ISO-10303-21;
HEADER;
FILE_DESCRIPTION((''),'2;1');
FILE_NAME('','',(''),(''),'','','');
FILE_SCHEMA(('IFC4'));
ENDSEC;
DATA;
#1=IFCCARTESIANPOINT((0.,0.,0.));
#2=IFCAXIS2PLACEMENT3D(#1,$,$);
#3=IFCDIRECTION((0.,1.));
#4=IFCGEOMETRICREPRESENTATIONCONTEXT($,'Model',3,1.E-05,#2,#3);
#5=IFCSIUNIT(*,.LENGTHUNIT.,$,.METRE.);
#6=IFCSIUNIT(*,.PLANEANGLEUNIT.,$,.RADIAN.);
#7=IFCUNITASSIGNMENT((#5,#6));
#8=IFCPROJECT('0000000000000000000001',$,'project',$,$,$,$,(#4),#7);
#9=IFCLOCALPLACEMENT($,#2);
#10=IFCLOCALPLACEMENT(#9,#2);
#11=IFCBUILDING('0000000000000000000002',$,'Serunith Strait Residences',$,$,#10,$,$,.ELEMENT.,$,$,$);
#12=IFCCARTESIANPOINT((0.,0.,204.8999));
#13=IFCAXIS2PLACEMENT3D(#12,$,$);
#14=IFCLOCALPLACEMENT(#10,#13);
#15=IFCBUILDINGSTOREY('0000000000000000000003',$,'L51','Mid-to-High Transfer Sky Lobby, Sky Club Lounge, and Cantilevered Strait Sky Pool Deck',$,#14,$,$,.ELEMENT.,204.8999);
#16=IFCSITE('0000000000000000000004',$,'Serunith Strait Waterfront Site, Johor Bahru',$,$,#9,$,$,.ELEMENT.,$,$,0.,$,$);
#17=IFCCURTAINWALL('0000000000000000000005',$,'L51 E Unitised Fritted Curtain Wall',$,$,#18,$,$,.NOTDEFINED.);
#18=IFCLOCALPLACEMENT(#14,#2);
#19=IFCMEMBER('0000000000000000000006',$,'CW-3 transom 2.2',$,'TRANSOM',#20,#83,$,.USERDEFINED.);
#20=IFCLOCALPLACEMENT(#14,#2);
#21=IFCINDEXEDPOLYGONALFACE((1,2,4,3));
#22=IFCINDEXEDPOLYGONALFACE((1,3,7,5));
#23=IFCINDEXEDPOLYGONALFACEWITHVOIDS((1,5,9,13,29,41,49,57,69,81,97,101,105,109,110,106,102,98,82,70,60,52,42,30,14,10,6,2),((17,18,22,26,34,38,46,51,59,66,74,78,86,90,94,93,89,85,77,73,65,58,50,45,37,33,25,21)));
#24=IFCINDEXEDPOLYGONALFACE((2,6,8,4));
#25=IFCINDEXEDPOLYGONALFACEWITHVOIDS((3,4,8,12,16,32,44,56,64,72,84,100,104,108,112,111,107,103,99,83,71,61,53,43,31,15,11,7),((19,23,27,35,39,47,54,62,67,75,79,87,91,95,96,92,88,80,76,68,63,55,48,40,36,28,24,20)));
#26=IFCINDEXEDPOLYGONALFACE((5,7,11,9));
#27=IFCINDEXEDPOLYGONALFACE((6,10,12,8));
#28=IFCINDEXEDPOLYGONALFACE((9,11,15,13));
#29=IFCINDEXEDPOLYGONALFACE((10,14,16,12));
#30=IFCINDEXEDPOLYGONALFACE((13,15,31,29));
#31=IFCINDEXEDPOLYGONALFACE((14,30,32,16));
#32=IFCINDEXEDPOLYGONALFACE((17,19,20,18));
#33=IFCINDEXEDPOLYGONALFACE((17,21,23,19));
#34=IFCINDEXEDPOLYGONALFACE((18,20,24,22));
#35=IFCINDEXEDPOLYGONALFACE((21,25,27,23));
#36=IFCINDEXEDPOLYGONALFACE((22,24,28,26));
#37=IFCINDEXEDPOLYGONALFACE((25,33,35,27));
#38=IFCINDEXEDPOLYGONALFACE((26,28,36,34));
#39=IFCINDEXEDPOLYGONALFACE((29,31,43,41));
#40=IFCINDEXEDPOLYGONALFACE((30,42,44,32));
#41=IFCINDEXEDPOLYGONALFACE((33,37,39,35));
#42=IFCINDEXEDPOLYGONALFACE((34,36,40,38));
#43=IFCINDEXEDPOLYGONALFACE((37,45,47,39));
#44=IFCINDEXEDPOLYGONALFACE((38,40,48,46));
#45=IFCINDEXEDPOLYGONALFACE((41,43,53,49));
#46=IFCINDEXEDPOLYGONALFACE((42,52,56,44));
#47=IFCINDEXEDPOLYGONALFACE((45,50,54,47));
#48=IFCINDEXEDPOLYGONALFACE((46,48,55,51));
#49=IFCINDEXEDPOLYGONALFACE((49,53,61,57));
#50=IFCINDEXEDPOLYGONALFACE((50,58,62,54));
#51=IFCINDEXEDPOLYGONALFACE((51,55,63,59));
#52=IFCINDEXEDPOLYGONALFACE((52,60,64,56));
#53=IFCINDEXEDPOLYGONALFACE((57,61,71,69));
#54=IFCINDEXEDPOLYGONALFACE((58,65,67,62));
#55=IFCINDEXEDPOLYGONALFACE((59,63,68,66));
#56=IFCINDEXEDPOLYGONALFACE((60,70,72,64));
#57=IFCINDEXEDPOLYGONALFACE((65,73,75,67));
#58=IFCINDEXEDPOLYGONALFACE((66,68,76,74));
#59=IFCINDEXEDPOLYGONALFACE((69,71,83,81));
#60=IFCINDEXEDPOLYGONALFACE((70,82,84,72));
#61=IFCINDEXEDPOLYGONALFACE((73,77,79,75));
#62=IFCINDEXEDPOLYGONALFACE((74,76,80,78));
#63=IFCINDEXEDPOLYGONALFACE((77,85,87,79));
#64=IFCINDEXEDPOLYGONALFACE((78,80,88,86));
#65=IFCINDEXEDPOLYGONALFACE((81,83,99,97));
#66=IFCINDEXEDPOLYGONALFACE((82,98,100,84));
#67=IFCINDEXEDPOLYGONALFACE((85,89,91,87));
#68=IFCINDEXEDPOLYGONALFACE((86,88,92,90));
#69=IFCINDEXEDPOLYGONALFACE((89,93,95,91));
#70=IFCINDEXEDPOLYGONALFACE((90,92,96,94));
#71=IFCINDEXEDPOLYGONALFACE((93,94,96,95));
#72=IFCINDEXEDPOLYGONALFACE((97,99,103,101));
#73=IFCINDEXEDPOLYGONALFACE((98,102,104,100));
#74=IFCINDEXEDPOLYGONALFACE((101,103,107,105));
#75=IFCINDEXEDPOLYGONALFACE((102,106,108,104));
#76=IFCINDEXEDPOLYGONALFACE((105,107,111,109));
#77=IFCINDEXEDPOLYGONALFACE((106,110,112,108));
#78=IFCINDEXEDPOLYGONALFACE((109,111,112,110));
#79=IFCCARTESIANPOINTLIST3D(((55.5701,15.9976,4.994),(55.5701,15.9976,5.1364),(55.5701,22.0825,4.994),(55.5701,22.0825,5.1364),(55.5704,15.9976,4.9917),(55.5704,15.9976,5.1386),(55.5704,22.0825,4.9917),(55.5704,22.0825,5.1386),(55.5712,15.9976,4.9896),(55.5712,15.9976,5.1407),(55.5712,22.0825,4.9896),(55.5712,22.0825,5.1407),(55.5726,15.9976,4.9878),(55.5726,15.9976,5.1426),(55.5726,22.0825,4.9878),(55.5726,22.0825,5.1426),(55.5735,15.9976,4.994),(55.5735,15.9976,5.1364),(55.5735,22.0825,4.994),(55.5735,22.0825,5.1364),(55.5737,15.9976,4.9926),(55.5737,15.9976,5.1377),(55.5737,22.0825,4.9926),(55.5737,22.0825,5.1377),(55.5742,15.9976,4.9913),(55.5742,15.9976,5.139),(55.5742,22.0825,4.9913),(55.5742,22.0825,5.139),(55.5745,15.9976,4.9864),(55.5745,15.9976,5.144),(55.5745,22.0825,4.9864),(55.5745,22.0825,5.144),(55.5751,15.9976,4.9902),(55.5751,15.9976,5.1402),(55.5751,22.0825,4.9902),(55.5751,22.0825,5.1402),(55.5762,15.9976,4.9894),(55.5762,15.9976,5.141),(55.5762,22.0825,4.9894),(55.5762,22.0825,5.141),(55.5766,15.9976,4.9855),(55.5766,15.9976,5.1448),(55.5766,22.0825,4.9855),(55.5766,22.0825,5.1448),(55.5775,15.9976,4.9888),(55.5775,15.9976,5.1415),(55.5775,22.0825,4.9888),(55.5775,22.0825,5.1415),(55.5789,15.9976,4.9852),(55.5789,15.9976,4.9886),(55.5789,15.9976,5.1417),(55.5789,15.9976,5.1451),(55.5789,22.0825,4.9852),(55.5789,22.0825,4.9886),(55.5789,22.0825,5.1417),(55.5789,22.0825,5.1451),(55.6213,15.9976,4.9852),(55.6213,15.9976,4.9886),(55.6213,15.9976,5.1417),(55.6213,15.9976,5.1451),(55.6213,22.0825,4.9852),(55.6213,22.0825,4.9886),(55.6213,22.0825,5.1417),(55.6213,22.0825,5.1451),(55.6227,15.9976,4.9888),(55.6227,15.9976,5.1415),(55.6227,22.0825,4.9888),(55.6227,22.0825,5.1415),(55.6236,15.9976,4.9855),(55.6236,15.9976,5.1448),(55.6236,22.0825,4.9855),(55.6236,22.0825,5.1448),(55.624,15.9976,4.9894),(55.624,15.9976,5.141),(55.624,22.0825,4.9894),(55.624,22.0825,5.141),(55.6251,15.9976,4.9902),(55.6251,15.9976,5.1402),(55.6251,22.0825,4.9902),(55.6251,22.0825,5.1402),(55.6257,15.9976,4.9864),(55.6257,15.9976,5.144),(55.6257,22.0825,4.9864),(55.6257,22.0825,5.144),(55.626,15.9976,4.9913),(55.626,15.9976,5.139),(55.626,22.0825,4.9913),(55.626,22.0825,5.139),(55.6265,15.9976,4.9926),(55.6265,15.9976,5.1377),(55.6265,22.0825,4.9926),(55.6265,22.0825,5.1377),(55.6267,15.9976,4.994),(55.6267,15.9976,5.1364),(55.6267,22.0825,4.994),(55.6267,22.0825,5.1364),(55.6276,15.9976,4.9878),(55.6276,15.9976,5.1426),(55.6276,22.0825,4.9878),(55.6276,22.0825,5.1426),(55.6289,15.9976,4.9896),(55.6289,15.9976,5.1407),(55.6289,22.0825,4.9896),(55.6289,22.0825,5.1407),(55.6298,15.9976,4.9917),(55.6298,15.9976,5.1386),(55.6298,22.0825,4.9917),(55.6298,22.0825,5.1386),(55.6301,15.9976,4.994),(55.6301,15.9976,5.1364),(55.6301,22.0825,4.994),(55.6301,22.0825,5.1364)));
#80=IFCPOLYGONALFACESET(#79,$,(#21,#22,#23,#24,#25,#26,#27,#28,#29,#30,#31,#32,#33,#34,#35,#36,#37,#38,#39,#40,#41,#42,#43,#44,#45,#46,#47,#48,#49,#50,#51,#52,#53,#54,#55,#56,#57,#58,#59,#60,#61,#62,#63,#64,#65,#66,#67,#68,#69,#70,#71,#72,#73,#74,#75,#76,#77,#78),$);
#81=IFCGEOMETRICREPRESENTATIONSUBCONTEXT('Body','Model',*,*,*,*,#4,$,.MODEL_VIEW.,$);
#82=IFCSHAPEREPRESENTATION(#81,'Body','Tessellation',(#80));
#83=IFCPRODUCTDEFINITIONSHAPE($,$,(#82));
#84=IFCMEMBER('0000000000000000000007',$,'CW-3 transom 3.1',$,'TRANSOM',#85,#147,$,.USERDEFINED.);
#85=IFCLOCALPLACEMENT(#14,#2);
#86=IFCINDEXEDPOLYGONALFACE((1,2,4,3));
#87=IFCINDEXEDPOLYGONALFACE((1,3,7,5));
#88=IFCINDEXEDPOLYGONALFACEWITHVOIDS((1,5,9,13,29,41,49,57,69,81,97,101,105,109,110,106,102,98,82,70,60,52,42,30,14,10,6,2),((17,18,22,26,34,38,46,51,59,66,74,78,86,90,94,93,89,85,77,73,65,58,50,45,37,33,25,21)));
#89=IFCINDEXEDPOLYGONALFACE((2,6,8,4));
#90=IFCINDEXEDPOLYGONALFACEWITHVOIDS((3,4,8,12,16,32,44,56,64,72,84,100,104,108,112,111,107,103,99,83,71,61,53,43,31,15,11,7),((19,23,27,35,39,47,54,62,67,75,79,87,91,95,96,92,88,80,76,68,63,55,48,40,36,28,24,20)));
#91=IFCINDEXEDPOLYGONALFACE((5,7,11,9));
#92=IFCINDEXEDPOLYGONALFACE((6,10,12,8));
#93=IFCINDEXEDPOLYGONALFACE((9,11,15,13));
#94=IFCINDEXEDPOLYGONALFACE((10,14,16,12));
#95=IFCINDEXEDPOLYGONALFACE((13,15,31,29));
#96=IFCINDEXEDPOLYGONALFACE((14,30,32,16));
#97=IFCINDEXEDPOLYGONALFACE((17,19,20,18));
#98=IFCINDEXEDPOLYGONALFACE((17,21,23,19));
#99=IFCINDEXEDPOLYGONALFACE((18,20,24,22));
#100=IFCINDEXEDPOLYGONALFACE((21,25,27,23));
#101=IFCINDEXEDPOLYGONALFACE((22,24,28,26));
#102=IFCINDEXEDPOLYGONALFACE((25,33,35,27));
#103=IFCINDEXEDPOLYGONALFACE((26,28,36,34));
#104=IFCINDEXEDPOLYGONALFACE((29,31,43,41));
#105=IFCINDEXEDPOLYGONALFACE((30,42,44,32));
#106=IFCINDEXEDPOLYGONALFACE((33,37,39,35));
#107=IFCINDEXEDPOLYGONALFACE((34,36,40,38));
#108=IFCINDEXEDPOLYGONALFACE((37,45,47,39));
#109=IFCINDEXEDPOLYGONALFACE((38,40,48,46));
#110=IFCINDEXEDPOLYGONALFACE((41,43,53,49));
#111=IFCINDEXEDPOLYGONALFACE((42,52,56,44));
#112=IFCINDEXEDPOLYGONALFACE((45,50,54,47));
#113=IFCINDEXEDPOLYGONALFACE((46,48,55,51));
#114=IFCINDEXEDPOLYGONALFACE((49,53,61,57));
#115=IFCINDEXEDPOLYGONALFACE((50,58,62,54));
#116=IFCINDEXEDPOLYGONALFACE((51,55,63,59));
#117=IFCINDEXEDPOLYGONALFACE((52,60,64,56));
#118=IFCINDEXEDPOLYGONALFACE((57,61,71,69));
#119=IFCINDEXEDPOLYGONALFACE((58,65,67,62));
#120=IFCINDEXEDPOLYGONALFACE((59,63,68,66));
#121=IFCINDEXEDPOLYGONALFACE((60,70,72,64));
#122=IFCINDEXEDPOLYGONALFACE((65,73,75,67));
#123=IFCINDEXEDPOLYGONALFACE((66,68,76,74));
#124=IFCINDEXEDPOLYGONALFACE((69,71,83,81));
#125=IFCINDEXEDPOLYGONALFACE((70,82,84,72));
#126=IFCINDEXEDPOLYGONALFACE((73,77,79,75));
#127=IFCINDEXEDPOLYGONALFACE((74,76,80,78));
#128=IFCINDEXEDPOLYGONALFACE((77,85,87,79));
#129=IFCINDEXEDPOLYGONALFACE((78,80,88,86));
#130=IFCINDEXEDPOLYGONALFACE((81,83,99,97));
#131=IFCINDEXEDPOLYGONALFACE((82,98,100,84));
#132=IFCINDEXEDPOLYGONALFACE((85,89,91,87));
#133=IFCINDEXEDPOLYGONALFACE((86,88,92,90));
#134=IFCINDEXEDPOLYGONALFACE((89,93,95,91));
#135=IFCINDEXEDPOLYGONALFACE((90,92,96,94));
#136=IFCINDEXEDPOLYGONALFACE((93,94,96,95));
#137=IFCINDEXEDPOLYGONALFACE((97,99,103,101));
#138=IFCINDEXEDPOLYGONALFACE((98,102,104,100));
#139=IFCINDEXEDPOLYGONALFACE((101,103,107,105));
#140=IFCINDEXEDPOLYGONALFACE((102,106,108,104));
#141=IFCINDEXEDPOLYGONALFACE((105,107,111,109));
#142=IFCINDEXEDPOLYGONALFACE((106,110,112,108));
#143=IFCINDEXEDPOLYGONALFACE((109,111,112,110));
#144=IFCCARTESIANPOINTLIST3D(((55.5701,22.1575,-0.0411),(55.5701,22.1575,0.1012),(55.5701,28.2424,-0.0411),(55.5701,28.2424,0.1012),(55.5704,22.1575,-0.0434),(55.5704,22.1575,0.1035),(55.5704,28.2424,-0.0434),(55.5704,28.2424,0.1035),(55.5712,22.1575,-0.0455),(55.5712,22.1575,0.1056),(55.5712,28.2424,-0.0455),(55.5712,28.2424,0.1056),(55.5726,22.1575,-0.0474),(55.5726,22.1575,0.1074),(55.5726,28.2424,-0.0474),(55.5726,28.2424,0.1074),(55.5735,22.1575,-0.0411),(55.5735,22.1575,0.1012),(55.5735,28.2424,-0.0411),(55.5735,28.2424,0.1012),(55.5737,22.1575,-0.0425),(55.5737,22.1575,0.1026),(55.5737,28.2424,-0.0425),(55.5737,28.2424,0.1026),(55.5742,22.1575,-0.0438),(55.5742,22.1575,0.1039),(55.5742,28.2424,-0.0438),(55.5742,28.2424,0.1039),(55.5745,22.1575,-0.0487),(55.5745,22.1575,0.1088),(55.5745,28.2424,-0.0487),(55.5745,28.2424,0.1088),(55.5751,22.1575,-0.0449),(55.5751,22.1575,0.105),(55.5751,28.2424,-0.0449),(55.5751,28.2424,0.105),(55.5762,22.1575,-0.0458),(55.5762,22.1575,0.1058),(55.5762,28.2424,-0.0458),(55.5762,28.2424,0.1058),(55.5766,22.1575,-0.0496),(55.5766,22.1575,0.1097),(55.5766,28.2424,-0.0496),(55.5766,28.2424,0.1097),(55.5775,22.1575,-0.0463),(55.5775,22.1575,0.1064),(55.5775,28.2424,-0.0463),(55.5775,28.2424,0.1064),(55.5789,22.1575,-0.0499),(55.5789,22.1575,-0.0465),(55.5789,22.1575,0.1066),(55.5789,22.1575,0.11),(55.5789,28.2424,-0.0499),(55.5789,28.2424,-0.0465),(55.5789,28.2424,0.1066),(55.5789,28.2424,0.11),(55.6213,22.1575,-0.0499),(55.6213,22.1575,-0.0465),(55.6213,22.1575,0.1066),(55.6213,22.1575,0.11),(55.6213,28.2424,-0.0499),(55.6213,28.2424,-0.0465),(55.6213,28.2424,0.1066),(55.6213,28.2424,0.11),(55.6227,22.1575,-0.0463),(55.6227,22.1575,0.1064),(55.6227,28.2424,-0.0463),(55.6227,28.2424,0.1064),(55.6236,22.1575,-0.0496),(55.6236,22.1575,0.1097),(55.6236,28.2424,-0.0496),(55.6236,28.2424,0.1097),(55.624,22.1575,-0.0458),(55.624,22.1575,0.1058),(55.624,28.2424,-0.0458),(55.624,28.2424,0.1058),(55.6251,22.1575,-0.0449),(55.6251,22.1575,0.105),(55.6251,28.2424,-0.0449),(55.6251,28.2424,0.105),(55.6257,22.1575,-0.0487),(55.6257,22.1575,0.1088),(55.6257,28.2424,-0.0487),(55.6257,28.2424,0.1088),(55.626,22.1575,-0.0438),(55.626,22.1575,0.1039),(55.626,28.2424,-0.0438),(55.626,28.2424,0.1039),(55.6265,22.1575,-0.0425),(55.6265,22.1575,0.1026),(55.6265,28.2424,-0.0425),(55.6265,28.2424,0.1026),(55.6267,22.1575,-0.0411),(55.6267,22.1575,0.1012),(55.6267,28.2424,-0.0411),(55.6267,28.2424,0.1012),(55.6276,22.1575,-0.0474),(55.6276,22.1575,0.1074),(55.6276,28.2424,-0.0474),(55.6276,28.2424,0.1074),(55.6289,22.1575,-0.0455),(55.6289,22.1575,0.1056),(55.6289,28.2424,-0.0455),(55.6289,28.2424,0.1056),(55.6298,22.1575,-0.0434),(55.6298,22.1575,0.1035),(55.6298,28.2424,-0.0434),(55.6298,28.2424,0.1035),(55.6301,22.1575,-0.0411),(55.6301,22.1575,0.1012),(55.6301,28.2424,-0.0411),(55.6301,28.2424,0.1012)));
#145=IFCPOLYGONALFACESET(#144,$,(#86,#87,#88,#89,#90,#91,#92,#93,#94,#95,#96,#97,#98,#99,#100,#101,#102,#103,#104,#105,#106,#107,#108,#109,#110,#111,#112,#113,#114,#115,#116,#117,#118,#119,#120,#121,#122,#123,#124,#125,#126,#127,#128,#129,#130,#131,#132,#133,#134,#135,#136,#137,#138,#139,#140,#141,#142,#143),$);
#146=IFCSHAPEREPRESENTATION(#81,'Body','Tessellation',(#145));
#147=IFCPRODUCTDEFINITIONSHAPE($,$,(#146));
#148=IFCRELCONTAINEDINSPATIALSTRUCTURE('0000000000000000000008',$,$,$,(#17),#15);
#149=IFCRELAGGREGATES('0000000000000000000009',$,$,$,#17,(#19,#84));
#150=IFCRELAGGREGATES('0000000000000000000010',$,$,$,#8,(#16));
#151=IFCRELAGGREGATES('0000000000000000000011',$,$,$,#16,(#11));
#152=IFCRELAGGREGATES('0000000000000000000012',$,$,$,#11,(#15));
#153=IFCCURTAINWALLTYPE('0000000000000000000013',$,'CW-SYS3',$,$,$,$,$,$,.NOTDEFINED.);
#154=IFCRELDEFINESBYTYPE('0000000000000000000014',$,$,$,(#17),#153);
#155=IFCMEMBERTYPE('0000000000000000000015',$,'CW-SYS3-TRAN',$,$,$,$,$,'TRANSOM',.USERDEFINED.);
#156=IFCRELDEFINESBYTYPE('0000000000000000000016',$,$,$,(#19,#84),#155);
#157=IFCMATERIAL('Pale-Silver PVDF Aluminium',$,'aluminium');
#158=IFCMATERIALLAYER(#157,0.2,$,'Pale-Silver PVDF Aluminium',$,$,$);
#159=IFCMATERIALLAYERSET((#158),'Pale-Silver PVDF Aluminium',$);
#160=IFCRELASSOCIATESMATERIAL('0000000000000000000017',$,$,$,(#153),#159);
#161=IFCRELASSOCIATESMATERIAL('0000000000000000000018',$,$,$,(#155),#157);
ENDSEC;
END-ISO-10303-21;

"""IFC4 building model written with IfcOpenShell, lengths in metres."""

from ifc_helpers import new_model, si_unit, direction, frame, origin, origin_2d, place, context, subcontext, project, spatial, hollow_rectangle, extrude, source, transform, mapped, material, layer, layer_set, material_profile, profile_set, type_object, element, aggregate, save


model = new_model("IFC4")

# Units and contexts
model_context = context("Model", 3, precision=1e-05, world=origin(), true_north=direction((0.0, 1.0)))
body_context = subcontext(model_context, "Body", "Model", "MODEL_VIEW")
ifc_project = project(units=[si_unit("LENGTHUNIT", "METRE"), si_unit("PLANEANGLEUNIT", "RADIAN")], contexts=[model_context])

# Site, building, storey
site_placement = place(None, origin())
site = spatial("IfcSite", under=ifc_project, at=site_placement, Name="Serunith Strait Waterfront Site, Johor Bahru", CompositionType="ELEMENT", RefElevation=0.0)
building_placement = place(site_placement, origin())
building = spatial("IfcBuilding", under=site, at=building_placement, Name="Serunith Strait Residences", CompositionType="ELEMENT")
storey_placement = place(building_placement, frame((0.0, 0.0, 204.8999)))
storey = spatial("IfcBuildingStorey", under=building, at=storey_placement, Name="L51", Description="Mid-to-High Transfer Sky Lobby, Sky Club Lounge, and Cantilevered Strait Sky Pool Deck", CompositionType="ELEMENT", Elevation=204.8999)

# Curtain wall, members
ifc_material_1 = material(Name="Pale-Silver PVDF Aluminium", Category="aluminium")
ifc_layer_1 = layer(ifc_material_1, 0.2, Name="Pale-Silver PVDF Aluminium")
ifc_layer_set_1 = layer_set([ifc_layer_1], Name="Pale-Silver PVDF Aluminium")
curtain_wall_type = type_object("IfcCurtainWallType", Name="CW-SYS3", PredefinedType="NOTDEFINED", material=ifc_layer_set_1)
curtain_wall_placement = place(storey_placement, origin())
curtain_wall = element("IfcCurtainWall", 1, at=curtain_wall_placement, inside=storey, type_object=curtain_wall_type, Name="L51 E Unitised Fritted Curtain Wall", PredefinedType="NOTDEFINED")
ifc_material_profile_1 = material_profile(ifc_material_1, hollow_rectangle(XDim=0.0601, YDim=0.1599, WallThickness=0.0034, InnerFilletRadius=0.0054, OuterFilletRadius=0.0088, at=origin_2d()), Name="ALU 160x60x3.5")
ifc_profile_set_1 = profile_set([ifc_material_profile_1], Name="Pale-Silver PVDF Aluminium")
member_type_1 = type_object("IfcMemberType", Name="CW-SYS3-TRAN", ElementType="TRANSOM", PredefinedType="USERDEFINED", material=ifc_profile_set_1)
shared_shape_1 = source(origin(), body_context, "Body", "SweptSolid", [
    extrude(hollow_rectangle(XDim=0.0601, YDim=0.1599, WallThickness=0.0034, InnerFilletRadius=0.0054, OuterFilletRadius=0.0088, at=origin_2d()), origin(), (0.0, 0.0, 1.0), 6.085),
])
member_1_placement = place(storey_placement, frame((55.6001, 15.9976, 5.0652), z_axis=(0.0, 1.0, 0.0), x_axis=(-1.0, 0.0, 0.0)))
member_1 = element("IfcMember", 2, at=member_1_placement, type_object=member_type_1, Name="CW-3 transom 2.2", ObjectType="TRANSOM", PredefinedType="USERDEFINED", context=body_context, shape_type="MappedRepresentation", body=[
    mapped(shared_shape_1, transform((0.0, 0.0, 0.0), scale=1.0)),
])
member_2_placement = place(storey_placement, frame((55.6001, 22.1575, 0.03), z_axis=(0.0, 1.0, 0.0), x_axis=(-1.0, 0.0, 0.0)))
member_2 = element("IfcMember", 3, at=member_2_placement, type_object=member_type_1, Name="CW-3 transom 3.1", ObjectType="TRANSOM", PredefinedType="USERDEFINED", context=body_context, shape_type="MappedRepresentation", body=[
    mapped(shared_shape_1, transform((0.0, 0.0, 0.0), scale=1.0)),
])
aggregate(curtain_wall, [member_1, member_2])

save(model, "model.ifc")
